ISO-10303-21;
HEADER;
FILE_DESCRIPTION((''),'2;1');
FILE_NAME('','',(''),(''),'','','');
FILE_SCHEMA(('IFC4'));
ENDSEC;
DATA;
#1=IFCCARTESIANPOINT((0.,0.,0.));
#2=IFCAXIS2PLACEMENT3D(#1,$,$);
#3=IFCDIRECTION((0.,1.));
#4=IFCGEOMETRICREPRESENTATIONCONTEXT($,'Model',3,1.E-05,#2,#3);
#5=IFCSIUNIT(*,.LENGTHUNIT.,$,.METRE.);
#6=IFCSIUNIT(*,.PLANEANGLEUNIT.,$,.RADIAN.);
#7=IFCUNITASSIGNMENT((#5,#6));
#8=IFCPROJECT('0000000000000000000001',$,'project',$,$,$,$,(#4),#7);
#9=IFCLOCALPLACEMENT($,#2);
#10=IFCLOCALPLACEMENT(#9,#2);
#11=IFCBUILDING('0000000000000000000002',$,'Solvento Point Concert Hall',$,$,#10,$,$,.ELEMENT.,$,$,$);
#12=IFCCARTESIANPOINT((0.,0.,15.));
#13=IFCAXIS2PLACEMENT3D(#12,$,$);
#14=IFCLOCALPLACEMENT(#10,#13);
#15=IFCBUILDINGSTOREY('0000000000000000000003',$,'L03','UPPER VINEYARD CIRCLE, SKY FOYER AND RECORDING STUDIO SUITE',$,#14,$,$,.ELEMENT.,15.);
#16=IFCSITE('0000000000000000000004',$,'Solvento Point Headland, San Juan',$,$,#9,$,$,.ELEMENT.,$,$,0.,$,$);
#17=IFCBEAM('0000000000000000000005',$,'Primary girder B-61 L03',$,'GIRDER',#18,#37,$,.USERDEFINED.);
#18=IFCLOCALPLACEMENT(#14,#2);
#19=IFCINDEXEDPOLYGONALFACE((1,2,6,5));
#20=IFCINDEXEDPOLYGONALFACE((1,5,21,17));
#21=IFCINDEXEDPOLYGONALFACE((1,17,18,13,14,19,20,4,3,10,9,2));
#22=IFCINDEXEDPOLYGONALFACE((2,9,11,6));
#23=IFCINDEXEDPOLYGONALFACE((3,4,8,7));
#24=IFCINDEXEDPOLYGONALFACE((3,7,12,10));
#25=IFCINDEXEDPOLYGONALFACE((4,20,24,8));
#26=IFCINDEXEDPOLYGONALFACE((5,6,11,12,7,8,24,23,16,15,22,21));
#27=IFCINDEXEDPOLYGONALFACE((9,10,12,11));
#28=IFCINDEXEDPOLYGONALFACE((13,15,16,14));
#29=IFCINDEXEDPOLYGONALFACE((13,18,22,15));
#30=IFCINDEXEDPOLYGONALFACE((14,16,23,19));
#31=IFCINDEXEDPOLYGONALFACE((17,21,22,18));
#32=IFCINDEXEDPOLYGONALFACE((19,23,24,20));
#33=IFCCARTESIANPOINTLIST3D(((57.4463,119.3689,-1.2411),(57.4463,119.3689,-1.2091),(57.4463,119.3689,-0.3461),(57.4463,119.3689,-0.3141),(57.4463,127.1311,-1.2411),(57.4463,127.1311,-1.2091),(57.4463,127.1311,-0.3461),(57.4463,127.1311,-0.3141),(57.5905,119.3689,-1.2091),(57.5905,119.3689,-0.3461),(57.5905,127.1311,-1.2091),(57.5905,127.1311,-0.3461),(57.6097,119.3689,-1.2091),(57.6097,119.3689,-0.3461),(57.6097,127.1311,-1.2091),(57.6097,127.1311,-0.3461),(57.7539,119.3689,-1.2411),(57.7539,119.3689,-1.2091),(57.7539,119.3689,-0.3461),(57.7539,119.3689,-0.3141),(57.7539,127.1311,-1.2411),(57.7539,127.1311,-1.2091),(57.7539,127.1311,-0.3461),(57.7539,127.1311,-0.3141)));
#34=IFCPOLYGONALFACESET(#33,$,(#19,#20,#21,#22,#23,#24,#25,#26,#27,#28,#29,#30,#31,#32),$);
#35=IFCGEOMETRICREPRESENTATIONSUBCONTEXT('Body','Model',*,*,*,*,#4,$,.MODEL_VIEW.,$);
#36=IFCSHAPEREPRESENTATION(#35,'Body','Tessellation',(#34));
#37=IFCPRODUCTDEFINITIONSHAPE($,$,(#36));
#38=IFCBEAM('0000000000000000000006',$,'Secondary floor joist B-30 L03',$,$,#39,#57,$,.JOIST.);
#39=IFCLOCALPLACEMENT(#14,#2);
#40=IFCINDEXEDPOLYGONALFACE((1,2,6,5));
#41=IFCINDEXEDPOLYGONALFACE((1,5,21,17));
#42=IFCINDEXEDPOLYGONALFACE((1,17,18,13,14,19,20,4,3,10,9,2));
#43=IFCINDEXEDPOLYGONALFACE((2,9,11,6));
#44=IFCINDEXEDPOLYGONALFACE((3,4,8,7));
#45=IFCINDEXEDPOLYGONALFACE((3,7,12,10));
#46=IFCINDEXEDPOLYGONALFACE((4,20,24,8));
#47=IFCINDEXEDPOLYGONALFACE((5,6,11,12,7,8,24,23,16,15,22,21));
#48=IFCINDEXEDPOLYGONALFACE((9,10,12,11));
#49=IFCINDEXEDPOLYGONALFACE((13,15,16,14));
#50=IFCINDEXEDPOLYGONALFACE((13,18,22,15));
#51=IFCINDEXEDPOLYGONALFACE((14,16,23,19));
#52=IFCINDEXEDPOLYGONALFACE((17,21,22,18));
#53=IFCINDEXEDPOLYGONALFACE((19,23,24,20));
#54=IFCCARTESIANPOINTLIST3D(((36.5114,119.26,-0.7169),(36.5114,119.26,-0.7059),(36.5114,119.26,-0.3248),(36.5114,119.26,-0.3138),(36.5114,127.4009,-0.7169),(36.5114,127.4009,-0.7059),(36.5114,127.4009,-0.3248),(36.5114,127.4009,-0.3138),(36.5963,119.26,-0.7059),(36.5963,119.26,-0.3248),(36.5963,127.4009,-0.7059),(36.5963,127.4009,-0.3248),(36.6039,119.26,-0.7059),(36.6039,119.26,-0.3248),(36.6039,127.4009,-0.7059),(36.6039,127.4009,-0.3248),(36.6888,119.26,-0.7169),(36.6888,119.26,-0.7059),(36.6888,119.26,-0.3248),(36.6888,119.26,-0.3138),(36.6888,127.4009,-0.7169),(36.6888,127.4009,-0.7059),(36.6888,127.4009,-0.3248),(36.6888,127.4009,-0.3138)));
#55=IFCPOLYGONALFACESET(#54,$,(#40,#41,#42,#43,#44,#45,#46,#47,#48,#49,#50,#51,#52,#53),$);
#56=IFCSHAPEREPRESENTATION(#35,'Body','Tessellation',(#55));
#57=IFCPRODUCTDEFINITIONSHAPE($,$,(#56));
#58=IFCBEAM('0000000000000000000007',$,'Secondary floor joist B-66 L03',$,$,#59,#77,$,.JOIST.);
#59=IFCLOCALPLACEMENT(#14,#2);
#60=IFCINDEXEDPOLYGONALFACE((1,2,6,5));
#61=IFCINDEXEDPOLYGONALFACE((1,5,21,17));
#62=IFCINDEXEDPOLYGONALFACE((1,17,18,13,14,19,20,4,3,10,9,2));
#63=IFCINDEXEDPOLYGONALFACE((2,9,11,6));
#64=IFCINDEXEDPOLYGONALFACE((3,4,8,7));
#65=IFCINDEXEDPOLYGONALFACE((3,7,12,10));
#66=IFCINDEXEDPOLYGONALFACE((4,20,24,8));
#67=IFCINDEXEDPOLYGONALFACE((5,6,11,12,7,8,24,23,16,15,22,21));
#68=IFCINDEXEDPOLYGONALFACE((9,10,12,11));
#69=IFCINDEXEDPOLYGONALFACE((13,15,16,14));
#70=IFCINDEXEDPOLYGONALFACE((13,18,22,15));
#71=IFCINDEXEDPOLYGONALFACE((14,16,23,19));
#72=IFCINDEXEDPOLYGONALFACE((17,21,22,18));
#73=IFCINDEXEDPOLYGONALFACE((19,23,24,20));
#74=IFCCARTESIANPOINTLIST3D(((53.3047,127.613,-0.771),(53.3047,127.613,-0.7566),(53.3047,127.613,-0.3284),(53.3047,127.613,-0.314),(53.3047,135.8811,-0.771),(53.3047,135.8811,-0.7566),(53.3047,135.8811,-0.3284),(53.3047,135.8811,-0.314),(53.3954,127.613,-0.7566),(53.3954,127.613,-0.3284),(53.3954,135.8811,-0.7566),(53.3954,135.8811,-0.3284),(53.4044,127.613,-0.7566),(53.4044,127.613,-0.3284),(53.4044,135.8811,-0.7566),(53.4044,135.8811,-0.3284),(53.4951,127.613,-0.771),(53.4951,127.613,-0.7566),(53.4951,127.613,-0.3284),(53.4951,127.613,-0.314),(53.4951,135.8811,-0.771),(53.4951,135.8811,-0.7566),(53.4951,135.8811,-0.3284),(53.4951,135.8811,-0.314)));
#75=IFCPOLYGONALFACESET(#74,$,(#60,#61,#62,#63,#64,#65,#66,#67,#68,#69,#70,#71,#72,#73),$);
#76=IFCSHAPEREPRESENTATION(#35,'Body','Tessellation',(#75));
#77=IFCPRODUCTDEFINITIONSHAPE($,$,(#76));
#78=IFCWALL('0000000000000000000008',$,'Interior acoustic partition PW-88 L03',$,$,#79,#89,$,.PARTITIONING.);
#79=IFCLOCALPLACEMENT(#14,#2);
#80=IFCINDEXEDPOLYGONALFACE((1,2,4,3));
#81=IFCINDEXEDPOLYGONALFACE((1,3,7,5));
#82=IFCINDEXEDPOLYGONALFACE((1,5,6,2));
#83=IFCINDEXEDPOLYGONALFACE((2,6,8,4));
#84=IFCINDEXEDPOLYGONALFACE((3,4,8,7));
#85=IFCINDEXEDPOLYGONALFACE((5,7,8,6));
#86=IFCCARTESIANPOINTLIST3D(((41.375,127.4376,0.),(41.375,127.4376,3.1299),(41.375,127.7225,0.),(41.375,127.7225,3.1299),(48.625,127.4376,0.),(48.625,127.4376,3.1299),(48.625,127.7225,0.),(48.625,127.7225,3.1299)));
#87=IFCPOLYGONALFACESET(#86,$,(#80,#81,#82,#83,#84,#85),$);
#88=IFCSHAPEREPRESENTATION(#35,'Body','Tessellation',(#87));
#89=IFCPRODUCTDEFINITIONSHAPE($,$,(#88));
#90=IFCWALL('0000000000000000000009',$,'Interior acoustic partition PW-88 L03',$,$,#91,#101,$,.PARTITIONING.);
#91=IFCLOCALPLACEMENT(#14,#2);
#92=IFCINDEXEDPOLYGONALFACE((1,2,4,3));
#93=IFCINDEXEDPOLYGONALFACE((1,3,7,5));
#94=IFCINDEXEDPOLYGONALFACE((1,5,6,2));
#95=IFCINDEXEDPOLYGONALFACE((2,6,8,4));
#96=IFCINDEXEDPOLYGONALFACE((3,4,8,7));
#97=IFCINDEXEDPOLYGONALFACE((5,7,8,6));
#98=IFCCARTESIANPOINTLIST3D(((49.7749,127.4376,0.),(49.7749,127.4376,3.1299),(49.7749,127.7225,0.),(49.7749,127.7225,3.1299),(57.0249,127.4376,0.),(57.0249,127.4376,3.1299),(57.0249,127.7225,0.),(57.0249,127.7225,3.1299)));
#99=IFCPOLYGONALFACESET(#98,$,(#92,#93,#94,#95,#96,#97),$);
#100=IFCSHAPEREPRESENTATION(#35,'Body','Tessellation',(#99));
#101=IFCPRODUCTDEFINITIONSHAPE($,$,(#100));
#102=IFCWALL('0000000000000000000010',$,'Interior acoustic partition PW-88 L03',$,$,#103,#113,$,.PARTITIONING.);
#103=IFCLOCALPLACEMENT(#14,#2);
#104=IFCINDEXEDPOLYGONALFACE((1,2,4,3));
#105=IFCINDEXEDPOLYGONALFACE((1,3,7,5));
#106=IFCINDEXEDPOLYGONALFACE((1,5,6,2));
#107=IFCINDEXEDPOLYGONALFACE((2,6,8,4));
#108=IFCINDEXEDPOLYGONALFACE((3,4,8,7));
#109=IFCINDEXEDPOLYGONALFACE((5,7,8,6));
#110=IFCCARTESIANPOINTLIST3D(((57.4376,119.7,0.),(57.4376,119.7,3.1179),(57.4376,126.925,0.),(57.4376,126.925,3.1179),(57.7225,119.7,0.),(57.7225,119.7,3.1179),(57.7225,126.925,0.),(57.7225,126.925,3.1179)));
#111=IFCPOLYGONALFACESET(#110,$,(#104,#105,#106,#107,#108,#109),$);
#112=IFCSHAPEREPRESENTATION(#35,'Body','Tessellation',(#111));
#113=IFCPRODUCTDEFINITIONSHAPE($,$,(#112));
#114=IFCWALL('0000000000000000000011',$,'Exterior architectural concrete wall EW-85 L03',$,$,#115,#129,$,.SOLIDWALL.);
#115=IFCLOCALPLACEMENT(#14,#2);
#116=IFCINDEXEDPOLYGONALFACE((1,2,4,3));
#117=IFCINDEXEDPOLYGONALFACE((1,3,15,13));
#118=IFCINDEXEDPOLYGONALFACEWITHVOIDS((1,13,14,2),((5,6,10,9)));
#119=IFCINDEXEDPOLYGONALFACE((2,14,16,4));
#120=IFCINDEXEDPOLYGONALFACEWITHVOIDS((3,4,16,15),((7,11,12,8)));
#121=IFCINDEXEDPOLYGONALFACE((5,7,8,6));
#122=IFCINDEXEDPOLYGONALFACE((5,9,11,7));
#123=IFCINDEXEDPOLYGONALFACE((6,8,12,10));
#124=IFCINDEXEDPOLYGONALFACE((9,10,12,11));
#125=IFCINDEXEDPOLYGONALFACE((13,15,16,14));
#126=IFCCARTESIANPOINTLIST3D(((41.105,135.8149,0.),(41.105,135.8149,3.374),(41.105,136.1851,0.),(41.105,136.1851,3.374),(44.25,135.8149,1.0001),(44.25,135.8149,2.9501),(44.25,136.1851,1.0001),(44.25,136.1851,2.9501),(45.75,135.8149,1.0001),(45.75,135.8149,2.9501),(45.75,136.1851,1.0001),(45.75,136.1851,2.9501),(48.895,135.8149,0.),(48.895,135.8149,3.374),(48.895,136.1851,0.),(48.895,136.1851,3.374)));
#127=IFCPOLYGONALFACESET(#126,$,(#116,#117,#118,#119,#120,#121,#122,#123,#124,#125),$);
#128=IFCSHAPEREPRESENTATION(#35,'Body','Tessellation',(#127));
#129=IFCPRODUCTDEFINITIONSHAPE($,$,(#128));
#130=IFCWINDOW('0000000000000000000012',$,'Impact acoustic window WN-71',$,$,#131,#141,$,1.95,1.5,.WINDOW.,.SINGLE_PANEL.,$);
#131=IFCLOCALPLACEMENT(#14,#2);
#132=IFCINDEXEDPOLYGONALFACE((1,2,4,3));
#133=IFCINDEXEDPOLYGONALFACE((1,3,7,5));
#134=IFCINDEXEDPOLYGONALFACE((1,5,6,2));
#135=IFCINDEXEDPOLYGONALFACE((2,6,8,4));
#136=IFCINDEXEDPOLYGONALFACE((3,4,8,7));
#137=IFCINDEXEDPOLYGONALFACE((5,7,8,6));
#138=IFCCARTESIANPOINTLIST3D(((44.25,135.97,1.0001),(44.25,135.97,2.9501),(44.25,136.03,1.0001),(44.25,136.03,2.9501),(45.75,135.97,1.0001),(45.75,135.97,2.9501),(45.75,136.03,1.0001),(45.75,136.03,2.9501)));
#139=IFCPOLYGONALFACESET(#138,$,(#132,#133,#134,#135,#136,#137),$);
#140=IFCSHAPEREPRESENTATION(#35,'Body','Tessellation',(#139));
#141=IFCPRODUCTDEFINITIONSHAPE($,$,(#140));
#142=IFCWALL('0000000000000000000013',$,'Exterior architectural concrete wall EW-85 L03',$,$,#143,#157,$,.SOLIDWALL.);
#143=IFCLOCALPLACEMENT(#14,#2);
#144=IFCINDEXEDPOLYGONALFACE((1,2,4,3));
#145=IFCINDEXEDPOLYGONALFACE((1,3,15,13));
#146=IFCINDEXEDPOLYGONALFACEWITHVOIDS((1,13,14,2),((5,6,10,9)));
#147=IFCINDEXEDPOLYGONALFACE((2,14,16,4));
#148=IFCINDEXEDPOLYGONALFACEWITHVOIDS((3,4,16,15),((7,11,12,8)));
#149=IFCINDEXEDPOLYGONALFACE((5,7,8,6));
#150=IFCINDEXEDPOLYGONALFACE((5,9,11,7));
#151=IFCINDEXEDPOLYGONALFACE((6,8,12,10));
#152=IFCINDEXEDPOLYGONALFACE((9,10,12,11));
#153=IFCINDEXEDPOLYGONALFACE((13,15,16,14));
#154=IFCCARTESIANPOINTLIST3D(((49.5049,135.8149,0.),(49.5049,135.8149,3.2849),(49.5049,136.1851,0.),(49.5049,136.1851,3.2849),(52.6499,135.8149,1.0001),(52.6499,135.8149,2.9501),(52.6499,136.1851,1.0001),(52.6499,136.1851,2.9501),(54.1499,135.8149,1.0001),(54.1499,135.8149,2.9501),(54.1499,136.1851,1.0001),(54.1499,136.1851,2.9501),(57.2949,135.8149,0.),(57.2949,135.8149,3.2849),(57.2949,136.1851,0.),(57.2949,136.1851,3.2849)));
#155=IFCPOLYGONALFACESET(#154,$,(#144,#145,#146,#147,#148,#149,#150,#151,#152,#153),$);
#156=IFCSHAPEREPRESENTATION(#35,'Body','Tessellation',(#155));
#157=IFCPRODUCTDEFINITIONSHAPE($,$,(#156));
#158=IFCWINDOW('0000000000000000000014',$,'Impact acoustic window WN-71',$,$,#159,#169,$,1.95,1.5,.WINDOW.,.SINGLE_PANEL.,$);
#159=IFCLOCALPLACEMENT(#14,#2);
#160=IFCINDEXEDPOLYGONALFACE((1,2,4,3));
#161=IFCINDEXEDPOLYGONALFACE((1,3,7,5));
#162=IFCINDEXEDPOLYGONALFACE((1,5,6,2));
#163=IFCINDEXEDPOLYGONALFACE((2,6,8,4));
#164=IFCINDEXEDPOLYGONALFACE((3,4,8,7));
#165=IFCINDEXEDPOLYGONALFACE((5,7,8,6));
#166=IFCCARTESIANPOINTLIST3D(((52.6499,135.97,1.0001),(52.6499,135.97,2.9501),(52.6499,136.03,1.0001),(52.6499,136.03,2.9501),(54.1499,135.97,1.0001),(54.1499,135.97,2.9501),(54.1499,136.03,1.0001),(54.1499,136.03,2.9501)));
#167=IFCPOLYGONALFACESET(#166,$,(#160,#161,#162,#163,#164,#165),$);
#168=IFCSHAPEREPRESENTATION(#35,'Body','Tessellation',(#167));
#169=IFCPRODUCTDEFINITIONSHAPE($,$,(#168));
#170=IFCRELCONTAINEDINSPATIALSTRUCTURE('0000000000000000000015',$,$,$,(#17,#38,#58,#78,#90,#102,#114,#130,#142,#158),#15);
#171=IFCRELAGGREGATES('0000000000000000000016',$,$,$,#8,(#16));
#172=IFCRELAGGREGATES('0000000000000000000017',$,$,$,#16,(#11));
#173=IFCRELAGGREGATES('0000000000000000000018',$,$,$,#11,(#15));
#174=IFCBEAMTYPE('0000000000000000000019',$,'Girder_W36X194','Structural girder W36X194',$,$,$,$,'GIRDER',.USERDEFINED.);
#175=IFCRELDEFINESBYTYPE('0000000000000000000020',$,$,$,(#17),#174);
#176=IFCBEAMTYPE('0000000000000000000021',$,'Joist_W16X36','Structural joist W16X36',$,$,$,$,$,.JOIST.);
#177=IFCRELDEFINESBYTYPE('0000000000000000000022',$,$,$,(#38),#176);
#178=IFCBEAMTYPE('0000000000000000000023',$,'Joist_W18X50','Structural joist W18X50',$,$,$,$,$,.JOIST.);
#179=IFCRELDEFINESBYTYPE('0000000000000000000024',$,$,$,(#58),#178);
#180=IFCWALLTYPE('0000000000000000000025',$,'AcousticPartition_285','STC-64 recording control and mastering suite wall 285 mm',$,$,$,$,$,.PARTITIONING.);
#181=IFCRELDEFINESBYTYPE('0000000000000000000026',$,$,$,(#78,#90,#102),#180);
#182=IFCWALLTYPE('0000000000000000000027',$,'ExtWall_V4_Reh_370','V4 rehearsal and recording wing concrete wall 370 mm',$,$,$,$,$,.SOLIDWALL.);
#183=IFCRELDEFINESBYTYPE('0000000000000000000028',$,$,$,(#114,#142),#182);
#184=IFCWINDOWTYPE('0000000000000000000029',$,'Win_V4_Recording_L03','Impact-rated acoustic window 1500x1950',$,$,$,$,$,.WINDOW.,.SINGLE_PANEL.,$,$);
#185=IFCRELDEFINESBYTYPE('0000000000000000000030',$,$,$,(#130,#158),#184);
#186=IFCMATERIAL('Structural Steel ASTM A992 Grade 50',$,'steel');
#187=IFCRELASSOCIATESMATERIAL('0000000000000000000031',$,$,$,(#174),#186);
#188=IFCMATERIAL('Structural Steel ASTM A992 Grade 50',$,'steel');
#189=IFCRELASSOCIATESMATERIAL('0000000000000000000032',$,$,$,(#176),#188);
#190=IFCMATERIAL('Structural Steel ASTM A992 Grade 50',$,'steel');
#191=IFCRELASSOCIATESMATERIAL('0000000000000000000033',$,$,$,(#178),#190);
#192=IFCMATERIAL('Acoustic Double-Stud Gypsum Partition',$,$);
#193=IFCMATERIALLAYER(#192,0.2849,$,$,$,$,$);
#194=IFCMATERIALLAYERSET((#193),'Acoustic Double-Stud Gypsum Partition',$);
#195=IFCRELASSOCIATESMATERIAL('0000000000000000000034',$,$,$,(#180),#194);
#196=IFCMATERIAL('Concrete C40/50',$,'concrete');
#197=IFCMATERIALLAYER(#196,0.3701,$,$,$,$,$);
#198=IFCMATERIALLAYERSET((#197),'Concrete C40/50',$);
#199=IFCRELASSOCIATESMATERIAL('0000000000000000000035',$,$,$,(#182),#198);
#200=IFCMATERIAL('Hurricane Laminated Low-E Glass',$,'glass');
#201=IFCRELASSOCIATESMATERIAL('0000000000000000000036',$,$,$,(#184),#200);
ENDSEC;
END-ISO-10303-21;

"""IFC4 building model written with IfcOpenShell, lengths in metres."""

from ifc_helpers import new_model, si_unit, direction, frame, frame_2d, origin, origin_2d, place, context, subcontext, project, spatial, rectangle, i_section, extrude, material, layer, layer_set, material_profile, profile_set, type_object, element, fill, save


model = new_model("IFC4")

# Units and contexts
model_context = context("Model", 3, precision=1e-05, world=origin(), true_north=direction((0.0, 1.0)))
body_context = subcontext(model_context, "Body", "Model", "MODEL_VIEW")
ifc_project = project(units=[si_unit("LENGTHUNIT", "METRE"), si_unit("PLANEANGLEUNIT", "RADIAN")], contexts=[model_context])

# Site, building, storey
site_placement = place(None, origin())
site = spatial("IfcSite", under=ifc_project, at=site_placement, Name="Solvento Point Headland, San Juan", CompositionType="ELEMENT", RefElevation=0.0)
building_placement = place(site_placement, origin())
building = spatial("IfcBuilding", under=site, at=building_placement, Name="Solvento Point Concert Hall", CompositionType="ELEMENT")
storey_placement = place(building_placement, frame((0.0, 0.0, 15.0)))
storey = spatial("IfcBuildingStorey", under=building, at=storey_placement, Name="L03", Description="UPPER VINEYARD CIRCLE, SKY FOYER AND RECORDING STUDIO SUITE", CompositionType="ELEMENT", Elevation=15.0)

# Beams
ifc_material_1 = material(Name="Structural Steel ASTM A992 Grade 50", Category="steel")
ifc_material_profile_1 = material_profile(ifc_material_1, i_section(OverallWidth=0.3076, OverallDepth=0.927, WebThickness=0.0193, FlangeThickness=0.032, at=origin_2d()), Name="W36X194")
ifc_profile_set_1 = profile_set([ifc_material_profile_1], Name="Structural Steel ASTM A992 Grade 50")
beam_type_1 = type_object("IfcBeamType", Name="Girder_W36X194", Description="Structural girder W36X194", ElementType="GIRDER", PredefinedType="USERDEFINED", material=ifc_profile_set_1)
for number, where, z_axis, x_axis, name in (
    (1, (57.6001, 119.3689, -0.7776), (0.0, 1.0, 0.0), (-1.0, 0.0, 0.0), "Primary girder B-61 L03"),
):
    element("IfcBeam", number, at=place(storey_placement, frame(where, z_axis=z_axis, x_axis=x_axis)), inside=storey, type_object=beam_type_1, Name=name, ObjectType="GIRDER", PredefinedType="USERDEFINED", context=body_context, shape_type="SweptSolid", body=[
        extrude(i_section(OverallWidth=0.3076, OverallDepth=0.927, WebThickness=0.0193, FlangeThickness=0.032, at=origin_2d()), origin(), (0.0, 0.0, 1.0), 7.7622),
    ])
ifc_material_2 = material(Name="Structural Steel ASTM A992 Grade 50", Category="steel")
ifc_material_profile_2 = material_profile(ifc_material_2, i_section(OverallWidth=0.1775, OverallDepth=0.4031, WebThickness=0.0076, FlangeThickness=0.011, at=origin_2d()), Name="W16X36")
ifc_profile_set_2 = profile_set([ifc_material_profile_2], Name="Structural Steel ASTM A992 Grade 50")
beam_type_2 = type_object("IfcBeamType", Name="Joist_W16X36", Description="Structural joist W16X36", PredefinedType="JOIST", material=ifc_profile_set_2)
beam_1_placement = place(storey_placement, frame((36.6001, 119.26, -0.5154), z_axis=(0.0, 1.0, 0.0), x_axis=(-1.0, 0.0, 0.0)))
element("IfcBeam", 2, at=beam_1_placement, inside=storey, type_object=beam_type_2, Name="Secondary floor joist B-30 L03", PredefinedType="JOIST", context=body_context, shape_type="SweptSolid", body=[
    extrude(i_section(OverallWidth=0.1775, OverallDepth=0.4031, WebThickness=0.0076, FlangeThickness=0.011, at=origin_2d()), origin(), (0.0, 0.0, 1.0), 8.1409),
])
ifc_material_3 = material(Name="Structural Steel ASTM A992 Grade 50", Category="steel")
ifc_material_profile_3 = material_profile(ifc_material_3, i_section(OverallWidth=0.1904, OverallDepth=0.457, WebThickness=0.009, FlangeThickness=0.0144, at=origin_2d()), Name="W18X50")
ifc_profile_set_3 = profile_set([ifc_material_profile_3], Name="Structural Steel ASTM A992 Grade 50")
beam_type_3 = type_object("IfcBeamType", Name="Joist_W18X50", Description="Structural joist W18X50", PredefinedType="JOIST", material=ifc_profile_set_3)
beam_2_placement = place(storey_placement, frame((53.3999, 127.613, -0.5425), z_axis=(0.0, 1.0, 0.0), x_axis=(-1.0, 0.0, 0.0)))
element("IfcBeam", 3, at=beam_2_placement, inside=storey, type_object=beam_type_3, Name="Secondary floor joist B-66 L03", PredefinedType="JOIST", context=body_context, shape_type="SweptSolid", body=[
    extrude(i_section(OverallWidth=0.1904, OverallDepth=0.457, WebThickness=0.009, FlangeThickness=0.0144, at=origin_2d()), origin(), (0.0, 0.0, 1.0), 8.2681),
])

# Walls
ifc_material_4 = material(Name="Acoustic Double-Stud Gypsum Partition")
ifc_layer_1 = layer(ifc_material_4, 0.2849)
ifc_layer_set_1 = layer_set([ifc_layer_1], Name="Acoustic Double-Stud Gypsum Partition")
wall_type_1 = type_object("IfcWallType", Name="AcousticPartition_285", Description="STC-64 recording control and mastering suite wall 285 mm", PredefinedType="PARTITIONING", material=ifc_layer_set_1)
for number, where, z_axis, x_axis, name in (
    (4, (41.375, 127.5801, 0.0), (0.0, 0.0, 1.0), (1.0, 0.0, 0.0), "Interior acoustic partition PW-88 L03"),
    (5, (49.7749, 127.5801, 0.0), (0.0, 0.0, 1.0), (1.0, 0.0, 0.0), "Interior acoustic partition PW-88 L03"),
):
    element("IfcWall", number, at=place(storey_placement, frame(where, z_axis=z_axis, x_axis=x_axis)), inside=storey, type_object=wall_type_1, Name=name, PredefinedType="PARTITIONING", context=body_context, shape_type="SweptSolid", body=[
        extrude(rectangle(XDim=7.25, YDim=0.2849, at=frame_2d((3.625, 0.0))), origin(), (0.0, 0.0, 1.0), 3.1299),
    ])
wall_1_placement = place(storey_placement, frame((57.5801, 126.925, 0.0), z_axis=(0.0, 0.0, 1.0), x_axis=(0.0, -1.0, 0.0)))
element("IfcWall", 6, at=wall_1_placement, inside=storey, type_object=wall_type_1, Name="Interior acoustic partition PW-88 L03", PredefinedType="PARTITIONING", context=body_context, shape_type="SweptSolid", body=[
    extrude(rectangle(XDim=7.2251, YDim=0.2849, at=frame_2d((3.6125, 0.0))), origin(), (0.0, 0.0, 1.0), 3.1179),
])

# Walls, openings, windows
ifc_material_5 = material(Name="Concrete C40/50", Category="concrete")
ifc_layer_2 = layer(ifc_material_5, 0.3701)
ifc_layer_set_2 = layer_set([ifc_layer_2], Name="Concrete C40/50")
wall_type_2 = type_object("IfcWallType", Name="ExtWall_V4_Reh_370", Description="V4 rehearsal and recording wing concrete wall 370 mm", PredefinedType="SOLIDWALL", material=ifc_layer_set_2)
wall_2_placement = place(storey_placement, frame((41.105, 136.0, 0.0), z_axis=(0.0, 0.0, 1.0), x_axis=(1.0, 0.0, 0.0)))
wall_2 = element("IfcWall", 7, at=wall_2_placement, inside=storey, type_object=wall_type_2, Name="Exterior architectural concrete wall EW-85 L03", PredefinedType="SOLIDWALL", context=body_context, shape_type="SweptSolid", body=[
    extrude(rectangle(XDim=7.79, YDim=0.3701, at=frame_2d((3.895, 0.0))), origin(), (0.0, 0.0, 1.0), 3.374),
])
opening_1_placement = place(wall_2_placement, frame((3.145, 0.0, 1.0)))
opening_1 = element("IfcOpeningElement", 8, at=opening_1_placement, cuts=wall_2, PredefinedType="OPENING", context=body_context, shape_type="SweptSolid", body=[
    extrude(rectangle(XDim=1.5, YDim=1.95, at=frame_2d((0.75, 0.9751))), frame((0.0, 0.1951, 0.0), z_axis=(0.0, -1.0, 0.0), x_axis=(1.0, 0.0, 0.0)), (0.0, 0.0, 1.0), 0.3901),
])
ifc_material_6 = material(Name="Hurricane Laminated Low-E Glass", Category="glass")
window_type = type_object("IfcWindowType", Name="Win_V4_Recording_L03", Description="Impact-rated acoustic window 1500x1950", PartitioningType="SINGLE_PANEL", PredefinedType="WINDOW", material=ifc_material_6)
window_1_placement = place(opening_1_placement, origin())
window_1 = element("IfcWindow", 9, at=window_1_placement, inside=storey, type_object=window_type, Name="Impact acoustic window WN-71", OverallHeight=1.95, OverallWidth=1.5, PartitioningType="SINGLE_PANEL", PredefinedType="WINDOW", context=body_context, shape_type="SweptSolid", body=[
    extrude(rectangle(XDim=1.5, YDim=1.95, at=frame_2d((0.75, 0.9751))), frame((0.0, 0.03, 0.0), z_axis=(0.0, -1.0, 0.0), x_axis=(1.0, 0.0, 0.0)), (0.0, 0.0, 1.0), 0.0601),
])
fill(opening_1, window_1)
wall_3_placement = place(storey_placement, frame((49.5049, 136.0, 0.0), z_axis=(0.0, 0.0, 1.0), x_axis=(1.0, 0.0, 0.0)))
wall_3 = element("IfcWall", 10, at=wall_3_placement, inside=storey, type_object=wall_type_2, Name="Exterior architectural concrete wall EW-85 L03", PredefinedType="SOLIDWALL", context=body_context, shape_type="SweptSolid", body=[
    extrude(rectangle(XDim=7.79, YDim=0.3701, at=frame_2d((3.895, 0.0))), origin(), (0.0, 0.0, 1.0), 3.2849),
])
opening_2_placement = place(wall_3_placement, frame((3.145, 0.0, 1.0)))
opening_2 = element("IfcOpeningElement", 11, at=opening_2_placement, cuts=wall_3, PredefinedType="OPENING", context=body_context, shape_type="SweptSolid", body=[
    extrude(rectangle(XDim=1.5, YDim=1.95, at=frame_2d((0.75, 0.9751))), frame((0.0, 0.1951, 0.0), z_axis=(0.0, -1.0, 0.0), x_axis=(1.0, 0.0, 0.0)), (0.0, 0.0, 1.0), 0.3901),
])
window_2_placement = place(opening_2_placement, origin())
window_2 = element("IfcWindow", 12, at=window_2_placement, inside=storey, type_object=window_type, Name="Impact acoustic window WN-71", OverallHeight=1.95, OverallWidth=1.5, PartitioningType="SINGLE_PANEL", PredefinedType="WINDOW", context=body_context, shape_type="SweptSolid", body=[
    extrude(rectangle(XDim=1.5, YDim=1.95, at=frame_2d((0.75, 0.9751))), frame((0.0, 0.03, 0.0), z_axis=(0.0, -1.0, 0.0), x_axis=(1.0, 0.0, 0.0)), (0.0, 0.0, 1.0), 0.0601),
])
fill(opening_2, window_2)

save(model, "model.ifc")
